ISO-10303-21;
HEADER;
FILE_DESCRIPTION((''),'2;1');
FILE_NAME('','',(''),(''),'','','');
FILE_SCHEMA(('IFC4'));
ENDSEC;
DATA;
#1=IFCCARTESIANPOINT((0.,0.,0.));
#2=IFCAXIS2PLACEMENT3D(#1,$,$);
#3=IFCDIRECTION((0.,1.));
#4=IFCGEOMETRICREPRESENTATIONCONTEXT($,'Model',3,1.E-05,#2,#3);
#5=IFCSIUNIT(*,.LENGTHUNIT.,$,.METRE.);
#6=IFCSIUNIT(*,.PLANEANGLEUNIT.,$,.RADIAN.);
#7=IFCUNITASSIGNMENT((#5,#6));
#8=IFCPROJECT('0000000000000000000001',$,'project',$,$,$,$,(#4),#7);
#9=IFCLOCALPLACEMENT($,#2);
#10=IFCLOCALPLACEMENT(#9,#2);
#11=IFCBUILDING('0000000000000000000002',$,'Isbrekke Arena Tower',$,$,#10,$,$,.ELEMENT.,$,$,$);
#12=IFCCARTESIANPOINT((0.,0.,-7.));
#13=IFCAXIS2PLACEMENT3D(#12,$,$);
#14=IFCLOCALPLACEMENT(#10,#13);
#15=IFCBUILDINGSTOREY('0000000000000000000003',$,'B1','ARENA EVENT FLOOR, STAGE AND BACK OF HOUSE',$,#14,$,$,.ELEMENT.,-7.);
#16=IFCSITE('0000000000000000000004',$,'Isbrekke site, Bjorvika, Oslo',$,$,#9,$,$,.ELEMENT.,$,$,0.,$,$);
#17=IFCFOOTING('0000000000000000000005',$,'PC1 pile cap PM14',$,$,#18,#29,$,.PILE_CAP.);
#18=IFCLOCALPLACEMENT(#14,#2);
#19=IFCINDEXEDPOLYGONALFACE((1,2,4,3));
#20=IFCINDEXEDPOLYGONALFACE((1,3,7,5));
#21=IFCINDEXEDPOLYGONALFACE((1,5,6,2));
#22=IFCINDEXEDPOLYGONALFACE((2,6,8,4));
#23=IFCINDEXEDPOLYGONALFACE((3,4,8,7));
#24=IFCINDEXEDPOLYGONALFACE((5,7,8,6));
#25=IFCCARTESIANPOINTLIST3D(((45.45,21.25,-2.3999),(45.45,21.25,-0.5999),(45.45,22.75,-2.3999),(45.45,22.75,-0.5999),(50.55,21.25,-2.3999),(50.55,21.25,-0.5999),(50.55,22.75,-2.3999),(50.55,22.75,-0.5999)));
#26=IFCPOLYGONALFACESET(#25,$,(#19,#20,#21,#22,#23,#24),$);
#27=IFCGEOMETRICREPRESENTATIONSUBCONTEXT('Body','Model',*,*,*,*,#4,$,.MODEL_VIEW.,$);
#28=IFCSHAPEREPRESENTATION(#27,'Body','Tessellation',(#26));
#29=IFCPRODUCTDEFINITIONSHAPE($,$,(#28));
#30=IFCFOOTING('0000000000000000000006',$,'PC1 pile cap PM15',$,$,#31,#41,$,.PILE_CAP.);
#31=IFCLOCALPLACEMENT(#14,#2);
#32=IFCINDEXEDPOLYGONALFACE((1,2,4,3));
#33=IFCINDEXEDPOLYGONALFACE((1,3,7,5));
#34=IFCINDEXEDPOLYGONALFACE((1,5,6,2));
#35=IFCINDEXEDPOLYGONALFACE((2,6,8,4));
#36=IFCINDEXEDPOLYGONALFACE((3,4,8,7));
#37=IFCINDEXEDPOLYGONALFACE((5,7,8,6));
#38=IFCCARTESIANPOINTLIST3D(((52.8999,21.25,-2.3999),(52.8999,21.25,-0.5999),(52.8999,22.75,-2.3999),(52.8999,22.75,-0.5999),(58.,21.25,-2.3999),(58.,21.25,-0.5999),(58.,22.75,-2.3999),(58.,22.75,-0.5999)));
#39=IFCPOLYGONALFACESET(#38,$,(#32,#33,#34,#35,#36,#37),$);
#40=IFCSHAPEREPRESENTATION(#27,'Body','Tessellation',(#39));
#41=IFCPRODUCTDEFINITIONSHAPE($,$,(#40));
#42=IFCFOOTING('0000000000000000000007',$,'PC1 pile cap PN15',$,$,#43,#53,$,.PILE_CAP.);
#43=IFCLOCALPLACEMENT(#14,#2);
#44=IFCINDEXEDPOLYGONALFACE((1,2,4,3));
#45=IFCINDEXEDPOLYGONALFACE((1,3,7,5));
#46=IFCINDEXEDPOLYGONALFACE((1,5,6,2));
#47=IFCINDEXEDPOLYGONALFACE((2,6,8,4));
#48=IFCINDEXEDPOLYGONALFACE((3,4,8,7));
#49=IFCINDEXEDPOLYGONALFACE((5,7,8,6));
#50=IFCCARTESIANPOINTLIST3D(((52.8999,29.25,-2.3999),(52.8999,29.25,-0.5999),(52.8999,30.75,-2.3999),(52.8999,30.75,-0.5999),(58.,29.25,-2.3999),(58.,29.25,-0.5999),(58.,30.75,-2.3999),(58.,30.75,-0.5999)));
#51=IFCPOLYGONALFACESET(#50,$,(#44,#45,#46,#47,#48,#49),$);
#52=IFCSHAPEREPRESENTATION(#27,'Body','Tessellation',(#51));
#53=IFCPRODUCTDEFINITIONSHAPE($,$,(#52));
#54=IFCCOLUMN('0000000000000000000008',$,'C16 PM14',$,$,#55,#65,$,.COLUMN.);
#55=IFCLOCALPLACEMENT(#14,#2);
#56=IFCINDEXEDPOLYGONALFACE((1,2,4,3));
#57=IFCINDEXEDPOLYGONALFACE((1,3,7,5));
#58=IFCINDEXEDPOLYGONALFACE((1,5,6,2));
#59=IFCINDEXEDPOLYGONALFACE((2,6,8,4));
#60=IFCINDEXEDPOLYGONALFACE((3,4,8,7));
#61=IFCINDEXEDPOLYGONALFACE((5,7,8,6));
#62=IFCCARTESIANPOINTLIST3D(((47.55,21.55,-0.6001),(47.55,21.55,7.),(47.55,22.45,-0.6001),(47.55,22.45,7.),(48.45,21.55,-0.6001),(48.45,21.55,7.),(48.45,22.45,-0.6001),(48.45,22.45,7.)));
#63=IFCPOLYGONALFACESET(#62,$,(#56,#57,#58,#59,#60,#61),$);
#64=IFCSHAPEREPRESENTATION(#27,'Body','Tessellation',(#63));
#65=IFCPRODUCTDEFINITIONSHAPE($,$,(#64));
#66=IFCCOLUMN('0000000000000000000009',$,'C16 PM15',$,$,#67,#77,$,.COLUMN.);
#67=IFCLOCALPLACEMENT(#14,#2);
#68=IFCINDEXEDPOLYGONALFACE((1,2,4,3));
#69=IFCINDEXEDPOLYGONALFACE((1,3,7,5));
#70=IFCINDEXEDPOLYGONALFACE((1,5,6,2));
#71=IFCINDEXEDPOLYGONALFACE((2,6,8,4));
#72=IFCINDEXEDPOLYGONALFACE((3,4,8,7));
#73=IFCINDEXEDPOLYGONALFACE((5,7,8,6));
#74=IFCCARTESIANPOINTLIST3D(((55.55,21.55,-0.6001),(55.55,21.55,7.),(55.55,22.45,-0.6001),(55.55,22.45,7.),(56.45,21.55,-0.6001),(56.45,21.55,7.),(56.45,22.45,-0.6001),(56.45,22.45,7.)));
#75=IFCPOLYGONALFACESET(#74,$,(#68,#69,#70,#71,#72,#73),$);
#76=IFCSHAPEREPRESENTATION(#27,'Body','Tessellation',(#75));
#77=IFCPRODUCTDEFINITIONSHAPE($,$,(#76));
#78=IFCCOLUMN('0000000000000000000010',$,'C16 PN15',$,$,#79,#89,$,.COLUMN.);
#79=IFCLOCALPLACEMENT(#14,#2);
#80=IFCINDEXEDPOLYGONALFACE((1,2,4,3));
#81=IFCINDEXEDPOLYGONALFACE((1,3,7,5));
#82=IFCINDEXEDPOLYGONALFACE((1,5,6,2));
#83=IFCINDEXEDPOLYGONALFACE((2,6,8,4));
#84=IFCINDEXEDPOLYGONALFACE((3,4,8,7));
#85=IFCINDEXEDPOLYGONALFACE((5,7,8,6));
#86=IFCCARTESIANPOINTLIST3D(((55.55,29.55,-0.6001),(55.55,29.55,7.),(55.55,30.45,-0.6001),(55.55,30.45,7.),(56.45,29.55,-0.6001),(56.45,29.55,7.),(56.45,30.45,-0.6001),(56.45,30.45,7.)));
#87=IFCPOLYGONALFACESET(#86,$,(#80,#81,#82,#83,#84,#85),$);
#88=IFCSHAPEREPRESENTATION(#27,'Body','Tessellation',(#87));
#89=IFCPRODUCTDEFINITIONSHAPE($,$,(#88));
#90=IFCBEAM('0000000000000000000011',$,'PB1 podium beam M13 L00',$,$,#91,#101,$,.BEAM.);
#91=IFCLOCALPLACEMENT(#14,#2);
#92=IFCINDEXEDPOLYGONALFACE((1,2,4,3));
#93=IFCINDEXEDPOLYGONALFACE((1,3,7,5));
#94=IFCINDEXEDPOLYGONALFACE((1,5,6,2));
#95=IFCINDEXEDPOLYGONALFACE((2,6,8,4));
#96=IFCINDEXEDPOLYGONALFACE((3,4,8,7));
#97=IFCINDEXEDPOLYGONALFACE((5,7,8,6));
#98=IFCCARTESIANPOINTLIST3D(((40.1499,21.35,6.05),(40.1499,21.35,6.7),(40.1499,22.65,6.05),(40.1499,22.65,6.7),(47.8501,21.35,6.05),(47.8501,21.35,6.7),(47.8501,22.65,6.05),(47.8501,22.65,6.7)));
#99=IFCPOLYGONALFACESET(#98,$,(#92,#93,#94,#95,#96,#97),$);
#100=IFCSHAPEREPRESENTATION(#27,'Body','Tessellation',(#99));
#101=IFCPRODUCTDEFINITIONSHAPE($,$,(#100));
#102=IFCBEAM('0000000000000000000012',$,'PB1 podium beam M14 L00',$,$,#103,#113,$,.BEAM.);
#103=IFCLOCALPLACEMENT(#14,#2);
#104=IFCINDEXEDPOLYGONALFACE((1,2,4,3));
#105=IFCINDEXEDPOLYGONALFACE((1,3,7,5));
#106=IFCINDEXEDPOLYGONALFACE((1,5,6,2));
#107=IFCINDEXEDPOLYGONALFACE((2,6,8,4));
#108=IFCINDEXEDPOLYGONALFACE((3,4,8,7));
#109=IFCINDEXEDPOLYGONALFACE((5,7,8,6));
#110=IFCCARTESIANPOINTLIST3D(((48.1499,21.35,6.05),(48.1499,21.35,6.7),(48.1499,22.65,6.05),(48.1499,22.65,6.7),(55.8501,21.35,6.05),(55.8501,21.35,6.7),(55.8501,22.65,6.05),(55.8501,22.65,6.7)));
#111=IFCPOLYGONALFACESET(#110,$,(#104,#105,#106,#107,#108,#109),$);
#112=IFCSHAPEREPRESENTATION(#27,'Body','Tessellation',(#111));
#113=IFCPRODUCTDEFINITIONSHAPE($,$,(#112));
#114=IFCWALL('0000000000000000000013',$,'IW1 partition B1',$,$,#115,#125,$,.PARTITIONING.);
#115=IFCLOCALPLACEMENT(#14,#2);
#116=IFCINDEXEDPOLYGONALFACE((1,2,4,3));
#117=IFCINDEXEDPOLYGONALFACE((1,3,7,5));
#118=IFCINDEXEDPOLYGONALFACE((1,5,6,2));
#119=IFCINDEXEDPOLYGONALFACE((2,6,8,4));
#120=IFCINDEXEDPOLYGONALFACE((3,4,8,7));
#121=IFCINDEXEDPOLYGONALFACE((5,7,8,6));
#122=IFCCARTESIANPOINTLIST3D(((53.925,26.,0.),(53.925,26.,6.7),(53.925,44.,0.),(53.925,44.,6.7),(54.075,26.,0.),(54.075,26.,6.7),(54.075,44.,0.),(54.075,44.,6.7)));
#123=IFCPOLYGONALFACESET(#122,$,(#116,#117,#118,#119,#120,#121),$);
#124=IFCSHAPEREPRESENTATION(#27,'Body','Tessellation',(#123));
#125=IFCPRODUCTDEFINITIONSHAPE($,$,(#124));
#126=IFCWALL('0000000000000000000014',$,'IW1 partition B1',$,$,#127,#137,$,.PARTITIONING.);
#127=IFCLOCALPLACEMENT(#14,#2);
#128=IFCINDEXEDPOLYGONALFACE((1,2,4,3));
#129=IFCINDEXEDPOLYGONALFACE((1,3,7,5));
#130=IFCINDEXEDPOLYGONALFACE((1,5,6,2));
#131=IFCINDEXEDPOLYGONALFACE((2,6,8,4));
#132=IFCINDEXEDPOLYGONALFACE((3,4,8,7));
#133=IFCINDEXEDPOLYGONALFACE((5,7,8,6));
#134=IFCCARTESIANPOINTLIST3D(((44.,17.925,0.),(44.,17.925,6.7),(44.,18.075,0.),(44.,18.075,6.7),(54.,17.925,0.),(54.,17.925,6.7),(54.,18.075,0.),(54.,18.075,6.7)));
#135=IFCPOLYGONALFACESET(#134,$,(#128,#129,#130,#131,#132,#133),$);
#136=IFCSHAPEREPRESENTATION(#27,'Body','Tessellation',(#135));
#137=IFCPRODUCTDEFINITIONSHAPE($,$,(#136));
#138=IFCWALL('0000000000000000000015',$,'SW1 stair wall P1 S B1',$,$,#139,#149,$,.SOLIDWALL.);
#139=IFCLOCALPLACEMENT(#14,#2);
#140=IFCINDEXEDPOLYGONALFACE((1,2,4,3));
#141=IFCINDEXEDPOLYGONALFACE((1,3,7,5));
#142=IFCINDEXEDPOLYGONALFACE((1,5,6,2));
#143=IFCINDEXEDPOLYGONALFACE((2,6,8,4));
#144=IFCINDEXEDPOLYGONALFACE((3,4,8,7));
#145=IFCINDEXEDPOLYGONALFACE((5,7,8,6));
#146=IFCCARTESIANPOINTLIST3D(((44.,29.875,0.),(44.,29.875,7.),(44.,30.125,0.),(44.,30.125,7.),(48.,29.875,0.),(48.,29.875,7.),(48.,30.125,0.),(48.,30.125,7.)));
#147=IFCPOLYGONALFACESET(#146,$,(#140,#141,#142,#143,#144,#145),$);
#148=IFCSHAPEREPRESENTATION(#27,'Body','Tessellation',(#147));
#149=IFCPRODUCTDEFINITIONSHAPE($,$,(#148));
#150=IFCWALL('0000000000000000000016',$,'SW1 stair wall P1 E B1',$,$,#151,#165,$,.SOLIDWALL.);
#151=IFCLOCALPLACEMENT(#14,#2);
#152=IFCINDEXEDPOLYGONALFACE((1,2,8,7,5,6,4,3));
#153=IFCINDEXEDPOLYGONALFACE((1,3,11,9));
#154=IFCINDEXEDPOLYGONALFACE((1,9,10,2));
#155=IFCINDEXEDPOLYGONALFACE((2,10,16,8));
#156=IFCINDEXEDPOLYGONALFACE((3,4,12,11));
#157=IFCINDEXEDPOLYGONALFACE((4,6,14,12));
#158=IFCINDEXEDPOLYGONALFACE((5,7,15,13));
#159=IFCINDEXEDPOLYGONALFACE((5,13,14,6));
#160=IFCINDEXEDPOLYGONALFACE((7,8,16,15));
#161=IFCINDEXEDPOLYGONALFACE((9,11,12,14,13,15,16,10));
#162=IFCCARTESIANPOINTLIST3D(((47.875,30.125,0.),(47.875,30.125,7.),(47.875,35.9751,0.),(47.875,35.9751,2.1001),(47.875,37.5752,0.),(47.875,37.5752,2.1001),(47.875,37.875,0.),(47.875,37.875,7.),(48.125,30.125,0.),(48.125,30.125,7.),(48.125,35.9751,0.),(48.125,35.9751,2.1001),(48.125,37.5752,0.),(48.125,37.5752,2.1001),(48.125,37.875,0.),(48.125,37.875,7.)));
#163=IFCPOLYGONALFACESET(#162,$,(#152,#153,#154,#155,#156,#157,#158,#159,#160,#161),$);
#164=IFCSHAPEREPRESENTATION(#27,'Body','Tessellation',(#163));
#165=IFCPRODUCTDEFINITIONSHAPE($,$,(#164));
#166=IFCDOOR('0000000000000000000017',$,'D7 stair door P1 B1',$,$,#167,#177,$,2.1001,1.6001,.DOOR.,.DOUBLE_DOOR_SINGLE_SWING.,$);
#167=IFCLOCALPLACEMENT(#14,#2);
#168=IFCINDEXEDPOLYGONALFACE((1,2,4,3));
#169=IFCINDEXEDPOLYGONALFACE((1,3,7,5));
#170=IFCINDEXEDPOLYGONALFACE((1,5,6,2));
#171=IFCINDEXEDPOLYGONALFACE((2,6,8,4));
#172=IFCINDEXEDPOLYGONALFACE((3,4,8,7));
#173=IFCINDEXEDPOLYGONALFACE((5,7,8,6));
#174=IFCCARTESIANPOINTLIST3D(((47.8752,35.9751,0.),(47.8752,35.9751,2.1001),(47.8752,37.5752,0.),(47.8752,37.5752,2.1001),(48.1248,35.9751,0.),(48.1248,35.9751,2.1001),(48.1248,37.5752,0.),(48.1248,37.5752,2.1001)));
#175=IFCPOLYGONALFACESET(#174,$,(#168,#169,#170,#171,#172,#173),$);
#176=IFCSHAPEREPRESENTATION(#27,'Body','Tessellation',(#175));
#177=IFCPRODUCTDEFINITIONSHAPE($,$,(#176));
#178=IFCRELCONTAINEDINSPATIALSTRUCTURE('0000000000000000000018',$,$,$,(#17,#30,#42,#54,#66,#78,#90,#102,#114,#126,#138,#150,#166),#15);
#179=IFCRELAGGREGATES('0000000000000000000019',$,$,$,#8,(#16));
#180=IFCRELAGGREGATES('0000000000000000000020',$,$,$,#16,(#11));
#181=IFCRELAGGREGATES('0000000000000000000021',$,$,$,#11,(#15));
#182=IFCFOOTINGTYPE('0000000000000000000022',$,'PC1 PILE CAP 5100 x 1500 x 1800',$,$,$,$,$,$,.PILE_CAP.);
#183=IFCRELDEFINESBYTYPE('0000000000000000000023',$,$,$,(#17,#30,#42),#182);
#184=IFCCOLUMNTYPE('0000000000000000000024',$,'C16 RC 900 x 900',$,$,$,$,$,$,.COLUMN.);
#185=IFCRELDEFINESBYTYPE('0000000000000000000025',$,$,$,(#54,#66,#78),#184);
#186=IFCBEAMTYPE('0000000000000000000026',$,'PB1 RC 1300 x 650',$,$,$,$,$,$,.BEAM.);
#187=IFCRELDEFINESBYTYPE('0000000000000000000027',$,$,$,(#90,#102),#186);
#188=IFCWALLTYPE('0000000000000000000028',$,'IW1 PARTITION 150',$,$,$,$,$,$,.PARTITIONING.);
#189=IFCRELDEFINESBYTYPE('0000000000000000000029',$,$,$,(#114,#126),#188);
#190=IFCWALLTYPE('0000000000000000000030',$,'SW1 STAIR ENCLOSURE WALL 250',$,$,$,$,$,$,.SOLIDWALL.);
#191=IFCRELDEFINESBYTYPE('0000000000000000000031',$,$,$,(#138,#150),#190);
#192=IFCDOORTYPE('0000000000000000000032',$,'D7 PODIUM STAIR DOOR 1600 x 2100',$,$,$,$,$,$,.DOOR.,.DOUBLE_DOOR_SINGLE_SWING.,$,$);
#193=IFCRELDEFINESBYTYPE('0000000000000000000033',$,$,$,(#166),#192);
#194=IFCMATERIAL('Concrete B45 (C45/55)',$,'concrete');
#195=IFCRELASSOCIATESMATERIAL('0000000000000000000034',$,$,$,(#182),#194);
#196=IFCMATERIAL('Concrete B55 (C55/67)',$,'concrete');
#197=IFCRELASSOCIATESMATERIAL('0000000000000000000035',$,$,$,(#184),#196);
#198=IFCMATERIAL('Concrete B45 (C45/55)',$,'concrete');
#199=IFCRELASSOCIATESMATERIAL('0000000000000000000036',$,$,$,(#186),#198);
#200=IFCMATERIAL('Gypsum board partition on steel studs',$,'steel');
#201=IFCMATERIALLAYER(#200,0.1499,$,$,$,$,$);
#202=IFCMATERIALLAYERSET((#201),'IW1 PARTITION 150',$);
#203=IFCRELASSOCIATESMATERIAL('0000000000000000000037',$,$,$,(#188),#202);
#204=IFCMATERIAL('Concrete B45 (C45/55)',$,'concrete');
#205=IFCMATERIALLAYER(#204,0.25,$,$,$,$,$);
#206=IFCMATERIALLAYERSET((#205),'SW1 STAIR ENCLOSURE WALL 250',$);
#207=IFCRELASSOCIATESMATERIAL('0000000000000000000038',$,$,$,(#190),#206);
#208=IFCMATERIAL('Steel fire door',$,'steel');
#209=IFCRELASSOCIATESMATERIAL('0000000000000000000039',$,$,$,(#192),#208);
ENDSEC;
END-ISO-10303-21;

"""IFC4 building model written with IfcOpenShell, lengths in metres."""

from ifc_helpers import new_model, si_unit, direction, frame, frame_2d, origin, origin_2d, place, context, subcontext, project, spatial, rectangle, extrude, material, layer, layer_set, material_profile, profile_set, type_object, element, fill, save


model = new_model("IFC4")

# Units and contexts
model_context = context("Model", 3, precision=1e-05, world=origin(), true_north=direction((0.0, 1.0)))
body_context = subcontext(model_context, "Body", "Model", "MODEL_VIEW")
ifc_project = project(units=[si_unit("LENGTHUNIT", "METRE"), si_unit("PLANEANGLEUNIT", "RADIAN")], contexts=[model_context])

# Site, building, storey
site_placement = place(None, origin())
site = spatial("IfcSite", under=ifc_project, at=site_placement, Name="Isbrekke site, Bjorvika, Oslo", CompositionType="ELEMENT", RefElevation=0.0)
building_placement = place(site_placement, origin())
building = spatial("IfcBuilding", under=site, at=building_placement, Name="Isbrekke Arena Tower", CompositionType="ELEMENT")
storey_placement = place(building_placement, frame((0.0, 0.0, -7.0)))
storey = spatial("IfcBuildingStorey", under=building, at=storey_placement, Name="B1", Description="ARENA EVENT FLOOR, STAGE AND BACK OF HOUSE", CompositionType="ELEMENT", Elevation=-7.0)

# Footings
ifc_material_1 = material(Name="Concrete B45 (C45/55)", Category="concrete")
footing_type = type_object("IfcFootingType", Name="PC1 PILE CAP 5100 x 1500 x 1800", PredefinedType="PILE_CAP", material=ifc_material_1)
for number, where, z_axis, x_axis, name in (
    (1, (48.0, 22.0, -2.3999), (0.0, 0.0, 1.0), (1.0, 0.0, 0.0), "PC1 pile cap PM14"),
    (2, (55.45, 22.0, -2.3999), (0.0, 0.0, 1.0), (1.0, 0.0, 0.0), "PC1 pile cap PM15"),
    (3, (55.45, 30.0, -2.3999), (0.0, 0.0, 1.0), (1.0, 0.0, 0.0), "PC1 pile cap PN15"),
):
    element("IfcFooting", number, at=place(storey_placement, frame(where, z_axis=z_axis, x_axis=x_axis)), inside=storey, type_object=footing_type, Name=name, PredefinedType="PILE_CAP", context=body_context, shape_type="SweptSolid", body=[
        extrude(rectangle(XDim=5.1001, YDim=1.5, at=origin_2d()), origin(), (0.0, 0.0, 1.0), 1.8),
    ])

# Columns
ifc_material_2 = material(Name="Concrete B55 (C55/67)", Category="concrete")
ifc_material_profile_1 = material_profile(ifc_material_2, rectangle(XDim=0.8999, YDim=0.8999, at=origin_2d()), Name="RC 900x900")
ifc_profile_set_1 = profile_set([ifc_material_profile_1], Name="Concrete B55 (C55/67)")
column_type = type_object("IfcColumnType", Name="C16 RC 900 x 900", PredefinedType="COLUMN", material=ifc_profile_set_1)
for number, where, z_axis, x_axis, name in (
    (4, (48.0, 22.0, -0.6001), (0.0, 0.0, 1.0), (1.0, 0.0, 0.0), "C16 PM14"),
    (5, (56.0, 22.0, -0.6001), (0.0, 0.0, 1.0), (1.0, 0.0, 0.0), "C16 PM15"),
    (6, (56.0, 30.0, -0.6001), (0.0, 0.0, 1.0), (1.0, 0.0, 0.0), "C16 PN15"),
):
    element("IfcColumn", number, at=place(storey_placement, frame(where, z_axis=z_axis, x_axis=x_axis)), inside=storey, type_object=column_type, Name=name, PredefinedType="COLUMN", context=body_context, shape_type="SweptSolid", body=[
        extrude(rectangle(XDim=0.8999, YDim=0.8999, at=origin_2d()), origin(), (0.0, 0.0, 1.0), 7.6001),
    ])

# Beams
ifc_material_3 = material(Name="Concrete B45 (C45/55)", Category="concrete")
ifc_material_profile_2 = material_profile(ifc_material_3, rectangle(XDim=1.3, YDim=0.6499, at=origin_2d()), Name="RC 1300x650")
ifc_profile_set_2 = profile_set([ifc_material_profile_2], Name="Concrete B45 (C45/55)")
beam_type = type_object("IfcBeamType", Name="PB1 RC 1300 x 650", PredefinedType="BEAM", material=ifc_profile_set_2)
for number, where, z_axis, x_axis, name in (
    (7, (40.1499, 22.0, 6.375), (1.0, 0.0, 0.0), (0.0, 1.0, 0.0), "PB1 podium beam M13 L00"),
    (8, (48.1499, 22.0, 6.375), (1.0, 0.0, 0.0), (0.0, 1.0, 0.0), "PB1 podium beam M14 L00"),
):
    element("IfcBeam", number, at=place(storey_placement, frame(where, z_axis=z_axis, x_axis=x_axis)), inside=storey, type_object=beam_type, Name=name, PredefinedType="BEAM", context=body_context, shape_type="SweptSolid", body=[
        extrude(rectangle(XDim=1.3, YDim=0.6499, at=origin_2d()), origin(), (0.0, 0.0, 1.0), 7.7002),
    ])

# Walls
ifc_material_4 = material(Name="Gypsum board partition on steel studs", Category="steel")
ifc_layer_1 = layer(ifc_material_4, 0.1499)
ifc_layer_set_1 = layer_set([ifc_layer_1], Name="IW1 PARTITION 150")
wall_type_1 = type_object("IfcWallType", Name="IW1 PARTITION 150", PredefinedType="PARTITIONING", material=ifc_layer_set_1)
wall_1_placement = place(storey_placement, frame((54.0, 26.0, 0.0), z_axis=(0.0, 0.0, 1.0), x_axis=(0.0, 1.0, 0.0)))
element("IfcWall", 9, at=wall_1_placement, inside=storey, type_object=wall_type_1, Name="IW1 partition B1", PredefinedType="PARTITIONING", context=body_context, shape_type="SweptSolid", body=[
    extrude(rectangle(XDim=18.0, YDim=0.1499, at=frame_2d((9.0, 0.0))), origin(), (0.0, 0.0, 1.0), 6.7),
])
wall_2_placement = place(storey_placement, frame((44.0, 18.0, 0.0), z_axis=(0.0, 0.0, 1.0), x_axis=(1.0, 0.0, 0.0)))
element("IfcWall", 10, at=wall_2_placement, inside=storey, type_object=wall_type_1, Name="IW1 partition B1", PredefinedType="PARTITIONING", context=body_context, shape_type="SweptSolid", body=[
    extrude(rectangle(XDim=10.0, YDim=0.1499, at=frame_2d((5.0, 0.0))), origin(), (0.0, 0.0, 1.0), 6.7),
])
ifc_material_5 = material(Name="Concrete B45 (C45/55)", Category="concrete")
ifc_layer_2 = layer(ifc_material_5, 0.25)
ifc_layer_set_2 = layer_set([ifc_layer_2], Name="SW1 STAIR ENCLOSURE WALL 250")
wall_type_2 = type_object("IfcWallType", Name="SW1 STAIR ENCLOSURE WALL 250", PredefinedType="SOLIDWALL", material=ifc_layer_set_2)
wall_3_placement = place(storey_placement, frame((44.0, 30.0, 0.0), z_axis=(0.0, 0.0, 1.0), x_axis=(1.0, 0.0, 0.0)))
element("IfcWall", 11, at=wall_3_placement, inside=storey, type_object=wall_type_2, Name="SW1 stair wall P1 S B1", PredefinedType="SOLIDWALL", context=body_context, shape_type="SweptSolid", body=[
    extrude(rectangle(XDim=4.0, YDim=0.25, at=frame_2d((2.0, 0.0))), origin(), (0.0, 0.0, 1.0), 7.0),
])

# Wall, opening, door
wall_4_placement = place(storey_placement, frame((48.0, 30.125, 0.0), z_axis=(0.0, 0.0, 1.0), x_axis=(0.0, 1.0, 0.0)))
wall_4 = element("IfcWall", 12, at=wall_4_placement, inside=storey, type_object=wall_type_2, Name="SW1 stair wall P1 E B1", PredefinedType="SOLIDWALL", context=body_context, shape_type="SweptSolid", body=[
    extrude(rectangle(XDim=7.75, YDim=0.25, at=frame_2d((3.875, 0.0))), origin(), (0.0, 0.0, 1.0), 7.0),
])
opening_placement = place(wall_4_placement, frame((5.8501, 0.0, 0.0)))
opening = element("IfcOpeningElement", 13, at=opening_placement, cuts=wall_4, PredefinedType="OPENING", context=body_context, shape_type="SweptSolid", body=[
    extrude(rectangle(XDim=1.6001, YDim=2.1001, at=frame_2d((0.8, 1.05))), frame((0.0, 0.1399, 0.0), z_axis=(0.0, -1.0, 0.0), x_axis=(1.0, 0.0, 0.0)), (0.0, 0.0, 1.0), 0.2798),
])
ifc_material_6 = material(Name="Steel fire door", Category="steel")
door_type = type_object("IfcDoorType", Name="D7 PODIUM STAIR DOOR 1600 x 2100", OperationType="DOUBLE_DOOR_SINGLE_SWING", PredefinedType="DOOR", material=ifc_material_6)
door_placement = place(opening_placement, origin())
door = element("IfcDoor", 14, at=door_placement, inside=storey, type_object=door_type, Name="D7 stair door P1 B1", OperationType="DOUBLE_DOOR_SINGLE_SWING", OverallHeight=2.1001, OverallWidth=1.6001, PredefinedType="DOOR", context=body_context, shape_type="SweptSolid", body=[
    extrude(rectangle(XDim=1.6001, YDim=2.1001, at=frame_2d((0.8, 1.05))), frame((0.0, 0.1248, 0.0), z_axis=(0.0, -1.0, 0.0), x_axis=(1.0, 0.0, 0.0)), (0.0, 0.0, 1.0), 0.2495),
])
fill(opening, door)

save(model, "model.ifc")
